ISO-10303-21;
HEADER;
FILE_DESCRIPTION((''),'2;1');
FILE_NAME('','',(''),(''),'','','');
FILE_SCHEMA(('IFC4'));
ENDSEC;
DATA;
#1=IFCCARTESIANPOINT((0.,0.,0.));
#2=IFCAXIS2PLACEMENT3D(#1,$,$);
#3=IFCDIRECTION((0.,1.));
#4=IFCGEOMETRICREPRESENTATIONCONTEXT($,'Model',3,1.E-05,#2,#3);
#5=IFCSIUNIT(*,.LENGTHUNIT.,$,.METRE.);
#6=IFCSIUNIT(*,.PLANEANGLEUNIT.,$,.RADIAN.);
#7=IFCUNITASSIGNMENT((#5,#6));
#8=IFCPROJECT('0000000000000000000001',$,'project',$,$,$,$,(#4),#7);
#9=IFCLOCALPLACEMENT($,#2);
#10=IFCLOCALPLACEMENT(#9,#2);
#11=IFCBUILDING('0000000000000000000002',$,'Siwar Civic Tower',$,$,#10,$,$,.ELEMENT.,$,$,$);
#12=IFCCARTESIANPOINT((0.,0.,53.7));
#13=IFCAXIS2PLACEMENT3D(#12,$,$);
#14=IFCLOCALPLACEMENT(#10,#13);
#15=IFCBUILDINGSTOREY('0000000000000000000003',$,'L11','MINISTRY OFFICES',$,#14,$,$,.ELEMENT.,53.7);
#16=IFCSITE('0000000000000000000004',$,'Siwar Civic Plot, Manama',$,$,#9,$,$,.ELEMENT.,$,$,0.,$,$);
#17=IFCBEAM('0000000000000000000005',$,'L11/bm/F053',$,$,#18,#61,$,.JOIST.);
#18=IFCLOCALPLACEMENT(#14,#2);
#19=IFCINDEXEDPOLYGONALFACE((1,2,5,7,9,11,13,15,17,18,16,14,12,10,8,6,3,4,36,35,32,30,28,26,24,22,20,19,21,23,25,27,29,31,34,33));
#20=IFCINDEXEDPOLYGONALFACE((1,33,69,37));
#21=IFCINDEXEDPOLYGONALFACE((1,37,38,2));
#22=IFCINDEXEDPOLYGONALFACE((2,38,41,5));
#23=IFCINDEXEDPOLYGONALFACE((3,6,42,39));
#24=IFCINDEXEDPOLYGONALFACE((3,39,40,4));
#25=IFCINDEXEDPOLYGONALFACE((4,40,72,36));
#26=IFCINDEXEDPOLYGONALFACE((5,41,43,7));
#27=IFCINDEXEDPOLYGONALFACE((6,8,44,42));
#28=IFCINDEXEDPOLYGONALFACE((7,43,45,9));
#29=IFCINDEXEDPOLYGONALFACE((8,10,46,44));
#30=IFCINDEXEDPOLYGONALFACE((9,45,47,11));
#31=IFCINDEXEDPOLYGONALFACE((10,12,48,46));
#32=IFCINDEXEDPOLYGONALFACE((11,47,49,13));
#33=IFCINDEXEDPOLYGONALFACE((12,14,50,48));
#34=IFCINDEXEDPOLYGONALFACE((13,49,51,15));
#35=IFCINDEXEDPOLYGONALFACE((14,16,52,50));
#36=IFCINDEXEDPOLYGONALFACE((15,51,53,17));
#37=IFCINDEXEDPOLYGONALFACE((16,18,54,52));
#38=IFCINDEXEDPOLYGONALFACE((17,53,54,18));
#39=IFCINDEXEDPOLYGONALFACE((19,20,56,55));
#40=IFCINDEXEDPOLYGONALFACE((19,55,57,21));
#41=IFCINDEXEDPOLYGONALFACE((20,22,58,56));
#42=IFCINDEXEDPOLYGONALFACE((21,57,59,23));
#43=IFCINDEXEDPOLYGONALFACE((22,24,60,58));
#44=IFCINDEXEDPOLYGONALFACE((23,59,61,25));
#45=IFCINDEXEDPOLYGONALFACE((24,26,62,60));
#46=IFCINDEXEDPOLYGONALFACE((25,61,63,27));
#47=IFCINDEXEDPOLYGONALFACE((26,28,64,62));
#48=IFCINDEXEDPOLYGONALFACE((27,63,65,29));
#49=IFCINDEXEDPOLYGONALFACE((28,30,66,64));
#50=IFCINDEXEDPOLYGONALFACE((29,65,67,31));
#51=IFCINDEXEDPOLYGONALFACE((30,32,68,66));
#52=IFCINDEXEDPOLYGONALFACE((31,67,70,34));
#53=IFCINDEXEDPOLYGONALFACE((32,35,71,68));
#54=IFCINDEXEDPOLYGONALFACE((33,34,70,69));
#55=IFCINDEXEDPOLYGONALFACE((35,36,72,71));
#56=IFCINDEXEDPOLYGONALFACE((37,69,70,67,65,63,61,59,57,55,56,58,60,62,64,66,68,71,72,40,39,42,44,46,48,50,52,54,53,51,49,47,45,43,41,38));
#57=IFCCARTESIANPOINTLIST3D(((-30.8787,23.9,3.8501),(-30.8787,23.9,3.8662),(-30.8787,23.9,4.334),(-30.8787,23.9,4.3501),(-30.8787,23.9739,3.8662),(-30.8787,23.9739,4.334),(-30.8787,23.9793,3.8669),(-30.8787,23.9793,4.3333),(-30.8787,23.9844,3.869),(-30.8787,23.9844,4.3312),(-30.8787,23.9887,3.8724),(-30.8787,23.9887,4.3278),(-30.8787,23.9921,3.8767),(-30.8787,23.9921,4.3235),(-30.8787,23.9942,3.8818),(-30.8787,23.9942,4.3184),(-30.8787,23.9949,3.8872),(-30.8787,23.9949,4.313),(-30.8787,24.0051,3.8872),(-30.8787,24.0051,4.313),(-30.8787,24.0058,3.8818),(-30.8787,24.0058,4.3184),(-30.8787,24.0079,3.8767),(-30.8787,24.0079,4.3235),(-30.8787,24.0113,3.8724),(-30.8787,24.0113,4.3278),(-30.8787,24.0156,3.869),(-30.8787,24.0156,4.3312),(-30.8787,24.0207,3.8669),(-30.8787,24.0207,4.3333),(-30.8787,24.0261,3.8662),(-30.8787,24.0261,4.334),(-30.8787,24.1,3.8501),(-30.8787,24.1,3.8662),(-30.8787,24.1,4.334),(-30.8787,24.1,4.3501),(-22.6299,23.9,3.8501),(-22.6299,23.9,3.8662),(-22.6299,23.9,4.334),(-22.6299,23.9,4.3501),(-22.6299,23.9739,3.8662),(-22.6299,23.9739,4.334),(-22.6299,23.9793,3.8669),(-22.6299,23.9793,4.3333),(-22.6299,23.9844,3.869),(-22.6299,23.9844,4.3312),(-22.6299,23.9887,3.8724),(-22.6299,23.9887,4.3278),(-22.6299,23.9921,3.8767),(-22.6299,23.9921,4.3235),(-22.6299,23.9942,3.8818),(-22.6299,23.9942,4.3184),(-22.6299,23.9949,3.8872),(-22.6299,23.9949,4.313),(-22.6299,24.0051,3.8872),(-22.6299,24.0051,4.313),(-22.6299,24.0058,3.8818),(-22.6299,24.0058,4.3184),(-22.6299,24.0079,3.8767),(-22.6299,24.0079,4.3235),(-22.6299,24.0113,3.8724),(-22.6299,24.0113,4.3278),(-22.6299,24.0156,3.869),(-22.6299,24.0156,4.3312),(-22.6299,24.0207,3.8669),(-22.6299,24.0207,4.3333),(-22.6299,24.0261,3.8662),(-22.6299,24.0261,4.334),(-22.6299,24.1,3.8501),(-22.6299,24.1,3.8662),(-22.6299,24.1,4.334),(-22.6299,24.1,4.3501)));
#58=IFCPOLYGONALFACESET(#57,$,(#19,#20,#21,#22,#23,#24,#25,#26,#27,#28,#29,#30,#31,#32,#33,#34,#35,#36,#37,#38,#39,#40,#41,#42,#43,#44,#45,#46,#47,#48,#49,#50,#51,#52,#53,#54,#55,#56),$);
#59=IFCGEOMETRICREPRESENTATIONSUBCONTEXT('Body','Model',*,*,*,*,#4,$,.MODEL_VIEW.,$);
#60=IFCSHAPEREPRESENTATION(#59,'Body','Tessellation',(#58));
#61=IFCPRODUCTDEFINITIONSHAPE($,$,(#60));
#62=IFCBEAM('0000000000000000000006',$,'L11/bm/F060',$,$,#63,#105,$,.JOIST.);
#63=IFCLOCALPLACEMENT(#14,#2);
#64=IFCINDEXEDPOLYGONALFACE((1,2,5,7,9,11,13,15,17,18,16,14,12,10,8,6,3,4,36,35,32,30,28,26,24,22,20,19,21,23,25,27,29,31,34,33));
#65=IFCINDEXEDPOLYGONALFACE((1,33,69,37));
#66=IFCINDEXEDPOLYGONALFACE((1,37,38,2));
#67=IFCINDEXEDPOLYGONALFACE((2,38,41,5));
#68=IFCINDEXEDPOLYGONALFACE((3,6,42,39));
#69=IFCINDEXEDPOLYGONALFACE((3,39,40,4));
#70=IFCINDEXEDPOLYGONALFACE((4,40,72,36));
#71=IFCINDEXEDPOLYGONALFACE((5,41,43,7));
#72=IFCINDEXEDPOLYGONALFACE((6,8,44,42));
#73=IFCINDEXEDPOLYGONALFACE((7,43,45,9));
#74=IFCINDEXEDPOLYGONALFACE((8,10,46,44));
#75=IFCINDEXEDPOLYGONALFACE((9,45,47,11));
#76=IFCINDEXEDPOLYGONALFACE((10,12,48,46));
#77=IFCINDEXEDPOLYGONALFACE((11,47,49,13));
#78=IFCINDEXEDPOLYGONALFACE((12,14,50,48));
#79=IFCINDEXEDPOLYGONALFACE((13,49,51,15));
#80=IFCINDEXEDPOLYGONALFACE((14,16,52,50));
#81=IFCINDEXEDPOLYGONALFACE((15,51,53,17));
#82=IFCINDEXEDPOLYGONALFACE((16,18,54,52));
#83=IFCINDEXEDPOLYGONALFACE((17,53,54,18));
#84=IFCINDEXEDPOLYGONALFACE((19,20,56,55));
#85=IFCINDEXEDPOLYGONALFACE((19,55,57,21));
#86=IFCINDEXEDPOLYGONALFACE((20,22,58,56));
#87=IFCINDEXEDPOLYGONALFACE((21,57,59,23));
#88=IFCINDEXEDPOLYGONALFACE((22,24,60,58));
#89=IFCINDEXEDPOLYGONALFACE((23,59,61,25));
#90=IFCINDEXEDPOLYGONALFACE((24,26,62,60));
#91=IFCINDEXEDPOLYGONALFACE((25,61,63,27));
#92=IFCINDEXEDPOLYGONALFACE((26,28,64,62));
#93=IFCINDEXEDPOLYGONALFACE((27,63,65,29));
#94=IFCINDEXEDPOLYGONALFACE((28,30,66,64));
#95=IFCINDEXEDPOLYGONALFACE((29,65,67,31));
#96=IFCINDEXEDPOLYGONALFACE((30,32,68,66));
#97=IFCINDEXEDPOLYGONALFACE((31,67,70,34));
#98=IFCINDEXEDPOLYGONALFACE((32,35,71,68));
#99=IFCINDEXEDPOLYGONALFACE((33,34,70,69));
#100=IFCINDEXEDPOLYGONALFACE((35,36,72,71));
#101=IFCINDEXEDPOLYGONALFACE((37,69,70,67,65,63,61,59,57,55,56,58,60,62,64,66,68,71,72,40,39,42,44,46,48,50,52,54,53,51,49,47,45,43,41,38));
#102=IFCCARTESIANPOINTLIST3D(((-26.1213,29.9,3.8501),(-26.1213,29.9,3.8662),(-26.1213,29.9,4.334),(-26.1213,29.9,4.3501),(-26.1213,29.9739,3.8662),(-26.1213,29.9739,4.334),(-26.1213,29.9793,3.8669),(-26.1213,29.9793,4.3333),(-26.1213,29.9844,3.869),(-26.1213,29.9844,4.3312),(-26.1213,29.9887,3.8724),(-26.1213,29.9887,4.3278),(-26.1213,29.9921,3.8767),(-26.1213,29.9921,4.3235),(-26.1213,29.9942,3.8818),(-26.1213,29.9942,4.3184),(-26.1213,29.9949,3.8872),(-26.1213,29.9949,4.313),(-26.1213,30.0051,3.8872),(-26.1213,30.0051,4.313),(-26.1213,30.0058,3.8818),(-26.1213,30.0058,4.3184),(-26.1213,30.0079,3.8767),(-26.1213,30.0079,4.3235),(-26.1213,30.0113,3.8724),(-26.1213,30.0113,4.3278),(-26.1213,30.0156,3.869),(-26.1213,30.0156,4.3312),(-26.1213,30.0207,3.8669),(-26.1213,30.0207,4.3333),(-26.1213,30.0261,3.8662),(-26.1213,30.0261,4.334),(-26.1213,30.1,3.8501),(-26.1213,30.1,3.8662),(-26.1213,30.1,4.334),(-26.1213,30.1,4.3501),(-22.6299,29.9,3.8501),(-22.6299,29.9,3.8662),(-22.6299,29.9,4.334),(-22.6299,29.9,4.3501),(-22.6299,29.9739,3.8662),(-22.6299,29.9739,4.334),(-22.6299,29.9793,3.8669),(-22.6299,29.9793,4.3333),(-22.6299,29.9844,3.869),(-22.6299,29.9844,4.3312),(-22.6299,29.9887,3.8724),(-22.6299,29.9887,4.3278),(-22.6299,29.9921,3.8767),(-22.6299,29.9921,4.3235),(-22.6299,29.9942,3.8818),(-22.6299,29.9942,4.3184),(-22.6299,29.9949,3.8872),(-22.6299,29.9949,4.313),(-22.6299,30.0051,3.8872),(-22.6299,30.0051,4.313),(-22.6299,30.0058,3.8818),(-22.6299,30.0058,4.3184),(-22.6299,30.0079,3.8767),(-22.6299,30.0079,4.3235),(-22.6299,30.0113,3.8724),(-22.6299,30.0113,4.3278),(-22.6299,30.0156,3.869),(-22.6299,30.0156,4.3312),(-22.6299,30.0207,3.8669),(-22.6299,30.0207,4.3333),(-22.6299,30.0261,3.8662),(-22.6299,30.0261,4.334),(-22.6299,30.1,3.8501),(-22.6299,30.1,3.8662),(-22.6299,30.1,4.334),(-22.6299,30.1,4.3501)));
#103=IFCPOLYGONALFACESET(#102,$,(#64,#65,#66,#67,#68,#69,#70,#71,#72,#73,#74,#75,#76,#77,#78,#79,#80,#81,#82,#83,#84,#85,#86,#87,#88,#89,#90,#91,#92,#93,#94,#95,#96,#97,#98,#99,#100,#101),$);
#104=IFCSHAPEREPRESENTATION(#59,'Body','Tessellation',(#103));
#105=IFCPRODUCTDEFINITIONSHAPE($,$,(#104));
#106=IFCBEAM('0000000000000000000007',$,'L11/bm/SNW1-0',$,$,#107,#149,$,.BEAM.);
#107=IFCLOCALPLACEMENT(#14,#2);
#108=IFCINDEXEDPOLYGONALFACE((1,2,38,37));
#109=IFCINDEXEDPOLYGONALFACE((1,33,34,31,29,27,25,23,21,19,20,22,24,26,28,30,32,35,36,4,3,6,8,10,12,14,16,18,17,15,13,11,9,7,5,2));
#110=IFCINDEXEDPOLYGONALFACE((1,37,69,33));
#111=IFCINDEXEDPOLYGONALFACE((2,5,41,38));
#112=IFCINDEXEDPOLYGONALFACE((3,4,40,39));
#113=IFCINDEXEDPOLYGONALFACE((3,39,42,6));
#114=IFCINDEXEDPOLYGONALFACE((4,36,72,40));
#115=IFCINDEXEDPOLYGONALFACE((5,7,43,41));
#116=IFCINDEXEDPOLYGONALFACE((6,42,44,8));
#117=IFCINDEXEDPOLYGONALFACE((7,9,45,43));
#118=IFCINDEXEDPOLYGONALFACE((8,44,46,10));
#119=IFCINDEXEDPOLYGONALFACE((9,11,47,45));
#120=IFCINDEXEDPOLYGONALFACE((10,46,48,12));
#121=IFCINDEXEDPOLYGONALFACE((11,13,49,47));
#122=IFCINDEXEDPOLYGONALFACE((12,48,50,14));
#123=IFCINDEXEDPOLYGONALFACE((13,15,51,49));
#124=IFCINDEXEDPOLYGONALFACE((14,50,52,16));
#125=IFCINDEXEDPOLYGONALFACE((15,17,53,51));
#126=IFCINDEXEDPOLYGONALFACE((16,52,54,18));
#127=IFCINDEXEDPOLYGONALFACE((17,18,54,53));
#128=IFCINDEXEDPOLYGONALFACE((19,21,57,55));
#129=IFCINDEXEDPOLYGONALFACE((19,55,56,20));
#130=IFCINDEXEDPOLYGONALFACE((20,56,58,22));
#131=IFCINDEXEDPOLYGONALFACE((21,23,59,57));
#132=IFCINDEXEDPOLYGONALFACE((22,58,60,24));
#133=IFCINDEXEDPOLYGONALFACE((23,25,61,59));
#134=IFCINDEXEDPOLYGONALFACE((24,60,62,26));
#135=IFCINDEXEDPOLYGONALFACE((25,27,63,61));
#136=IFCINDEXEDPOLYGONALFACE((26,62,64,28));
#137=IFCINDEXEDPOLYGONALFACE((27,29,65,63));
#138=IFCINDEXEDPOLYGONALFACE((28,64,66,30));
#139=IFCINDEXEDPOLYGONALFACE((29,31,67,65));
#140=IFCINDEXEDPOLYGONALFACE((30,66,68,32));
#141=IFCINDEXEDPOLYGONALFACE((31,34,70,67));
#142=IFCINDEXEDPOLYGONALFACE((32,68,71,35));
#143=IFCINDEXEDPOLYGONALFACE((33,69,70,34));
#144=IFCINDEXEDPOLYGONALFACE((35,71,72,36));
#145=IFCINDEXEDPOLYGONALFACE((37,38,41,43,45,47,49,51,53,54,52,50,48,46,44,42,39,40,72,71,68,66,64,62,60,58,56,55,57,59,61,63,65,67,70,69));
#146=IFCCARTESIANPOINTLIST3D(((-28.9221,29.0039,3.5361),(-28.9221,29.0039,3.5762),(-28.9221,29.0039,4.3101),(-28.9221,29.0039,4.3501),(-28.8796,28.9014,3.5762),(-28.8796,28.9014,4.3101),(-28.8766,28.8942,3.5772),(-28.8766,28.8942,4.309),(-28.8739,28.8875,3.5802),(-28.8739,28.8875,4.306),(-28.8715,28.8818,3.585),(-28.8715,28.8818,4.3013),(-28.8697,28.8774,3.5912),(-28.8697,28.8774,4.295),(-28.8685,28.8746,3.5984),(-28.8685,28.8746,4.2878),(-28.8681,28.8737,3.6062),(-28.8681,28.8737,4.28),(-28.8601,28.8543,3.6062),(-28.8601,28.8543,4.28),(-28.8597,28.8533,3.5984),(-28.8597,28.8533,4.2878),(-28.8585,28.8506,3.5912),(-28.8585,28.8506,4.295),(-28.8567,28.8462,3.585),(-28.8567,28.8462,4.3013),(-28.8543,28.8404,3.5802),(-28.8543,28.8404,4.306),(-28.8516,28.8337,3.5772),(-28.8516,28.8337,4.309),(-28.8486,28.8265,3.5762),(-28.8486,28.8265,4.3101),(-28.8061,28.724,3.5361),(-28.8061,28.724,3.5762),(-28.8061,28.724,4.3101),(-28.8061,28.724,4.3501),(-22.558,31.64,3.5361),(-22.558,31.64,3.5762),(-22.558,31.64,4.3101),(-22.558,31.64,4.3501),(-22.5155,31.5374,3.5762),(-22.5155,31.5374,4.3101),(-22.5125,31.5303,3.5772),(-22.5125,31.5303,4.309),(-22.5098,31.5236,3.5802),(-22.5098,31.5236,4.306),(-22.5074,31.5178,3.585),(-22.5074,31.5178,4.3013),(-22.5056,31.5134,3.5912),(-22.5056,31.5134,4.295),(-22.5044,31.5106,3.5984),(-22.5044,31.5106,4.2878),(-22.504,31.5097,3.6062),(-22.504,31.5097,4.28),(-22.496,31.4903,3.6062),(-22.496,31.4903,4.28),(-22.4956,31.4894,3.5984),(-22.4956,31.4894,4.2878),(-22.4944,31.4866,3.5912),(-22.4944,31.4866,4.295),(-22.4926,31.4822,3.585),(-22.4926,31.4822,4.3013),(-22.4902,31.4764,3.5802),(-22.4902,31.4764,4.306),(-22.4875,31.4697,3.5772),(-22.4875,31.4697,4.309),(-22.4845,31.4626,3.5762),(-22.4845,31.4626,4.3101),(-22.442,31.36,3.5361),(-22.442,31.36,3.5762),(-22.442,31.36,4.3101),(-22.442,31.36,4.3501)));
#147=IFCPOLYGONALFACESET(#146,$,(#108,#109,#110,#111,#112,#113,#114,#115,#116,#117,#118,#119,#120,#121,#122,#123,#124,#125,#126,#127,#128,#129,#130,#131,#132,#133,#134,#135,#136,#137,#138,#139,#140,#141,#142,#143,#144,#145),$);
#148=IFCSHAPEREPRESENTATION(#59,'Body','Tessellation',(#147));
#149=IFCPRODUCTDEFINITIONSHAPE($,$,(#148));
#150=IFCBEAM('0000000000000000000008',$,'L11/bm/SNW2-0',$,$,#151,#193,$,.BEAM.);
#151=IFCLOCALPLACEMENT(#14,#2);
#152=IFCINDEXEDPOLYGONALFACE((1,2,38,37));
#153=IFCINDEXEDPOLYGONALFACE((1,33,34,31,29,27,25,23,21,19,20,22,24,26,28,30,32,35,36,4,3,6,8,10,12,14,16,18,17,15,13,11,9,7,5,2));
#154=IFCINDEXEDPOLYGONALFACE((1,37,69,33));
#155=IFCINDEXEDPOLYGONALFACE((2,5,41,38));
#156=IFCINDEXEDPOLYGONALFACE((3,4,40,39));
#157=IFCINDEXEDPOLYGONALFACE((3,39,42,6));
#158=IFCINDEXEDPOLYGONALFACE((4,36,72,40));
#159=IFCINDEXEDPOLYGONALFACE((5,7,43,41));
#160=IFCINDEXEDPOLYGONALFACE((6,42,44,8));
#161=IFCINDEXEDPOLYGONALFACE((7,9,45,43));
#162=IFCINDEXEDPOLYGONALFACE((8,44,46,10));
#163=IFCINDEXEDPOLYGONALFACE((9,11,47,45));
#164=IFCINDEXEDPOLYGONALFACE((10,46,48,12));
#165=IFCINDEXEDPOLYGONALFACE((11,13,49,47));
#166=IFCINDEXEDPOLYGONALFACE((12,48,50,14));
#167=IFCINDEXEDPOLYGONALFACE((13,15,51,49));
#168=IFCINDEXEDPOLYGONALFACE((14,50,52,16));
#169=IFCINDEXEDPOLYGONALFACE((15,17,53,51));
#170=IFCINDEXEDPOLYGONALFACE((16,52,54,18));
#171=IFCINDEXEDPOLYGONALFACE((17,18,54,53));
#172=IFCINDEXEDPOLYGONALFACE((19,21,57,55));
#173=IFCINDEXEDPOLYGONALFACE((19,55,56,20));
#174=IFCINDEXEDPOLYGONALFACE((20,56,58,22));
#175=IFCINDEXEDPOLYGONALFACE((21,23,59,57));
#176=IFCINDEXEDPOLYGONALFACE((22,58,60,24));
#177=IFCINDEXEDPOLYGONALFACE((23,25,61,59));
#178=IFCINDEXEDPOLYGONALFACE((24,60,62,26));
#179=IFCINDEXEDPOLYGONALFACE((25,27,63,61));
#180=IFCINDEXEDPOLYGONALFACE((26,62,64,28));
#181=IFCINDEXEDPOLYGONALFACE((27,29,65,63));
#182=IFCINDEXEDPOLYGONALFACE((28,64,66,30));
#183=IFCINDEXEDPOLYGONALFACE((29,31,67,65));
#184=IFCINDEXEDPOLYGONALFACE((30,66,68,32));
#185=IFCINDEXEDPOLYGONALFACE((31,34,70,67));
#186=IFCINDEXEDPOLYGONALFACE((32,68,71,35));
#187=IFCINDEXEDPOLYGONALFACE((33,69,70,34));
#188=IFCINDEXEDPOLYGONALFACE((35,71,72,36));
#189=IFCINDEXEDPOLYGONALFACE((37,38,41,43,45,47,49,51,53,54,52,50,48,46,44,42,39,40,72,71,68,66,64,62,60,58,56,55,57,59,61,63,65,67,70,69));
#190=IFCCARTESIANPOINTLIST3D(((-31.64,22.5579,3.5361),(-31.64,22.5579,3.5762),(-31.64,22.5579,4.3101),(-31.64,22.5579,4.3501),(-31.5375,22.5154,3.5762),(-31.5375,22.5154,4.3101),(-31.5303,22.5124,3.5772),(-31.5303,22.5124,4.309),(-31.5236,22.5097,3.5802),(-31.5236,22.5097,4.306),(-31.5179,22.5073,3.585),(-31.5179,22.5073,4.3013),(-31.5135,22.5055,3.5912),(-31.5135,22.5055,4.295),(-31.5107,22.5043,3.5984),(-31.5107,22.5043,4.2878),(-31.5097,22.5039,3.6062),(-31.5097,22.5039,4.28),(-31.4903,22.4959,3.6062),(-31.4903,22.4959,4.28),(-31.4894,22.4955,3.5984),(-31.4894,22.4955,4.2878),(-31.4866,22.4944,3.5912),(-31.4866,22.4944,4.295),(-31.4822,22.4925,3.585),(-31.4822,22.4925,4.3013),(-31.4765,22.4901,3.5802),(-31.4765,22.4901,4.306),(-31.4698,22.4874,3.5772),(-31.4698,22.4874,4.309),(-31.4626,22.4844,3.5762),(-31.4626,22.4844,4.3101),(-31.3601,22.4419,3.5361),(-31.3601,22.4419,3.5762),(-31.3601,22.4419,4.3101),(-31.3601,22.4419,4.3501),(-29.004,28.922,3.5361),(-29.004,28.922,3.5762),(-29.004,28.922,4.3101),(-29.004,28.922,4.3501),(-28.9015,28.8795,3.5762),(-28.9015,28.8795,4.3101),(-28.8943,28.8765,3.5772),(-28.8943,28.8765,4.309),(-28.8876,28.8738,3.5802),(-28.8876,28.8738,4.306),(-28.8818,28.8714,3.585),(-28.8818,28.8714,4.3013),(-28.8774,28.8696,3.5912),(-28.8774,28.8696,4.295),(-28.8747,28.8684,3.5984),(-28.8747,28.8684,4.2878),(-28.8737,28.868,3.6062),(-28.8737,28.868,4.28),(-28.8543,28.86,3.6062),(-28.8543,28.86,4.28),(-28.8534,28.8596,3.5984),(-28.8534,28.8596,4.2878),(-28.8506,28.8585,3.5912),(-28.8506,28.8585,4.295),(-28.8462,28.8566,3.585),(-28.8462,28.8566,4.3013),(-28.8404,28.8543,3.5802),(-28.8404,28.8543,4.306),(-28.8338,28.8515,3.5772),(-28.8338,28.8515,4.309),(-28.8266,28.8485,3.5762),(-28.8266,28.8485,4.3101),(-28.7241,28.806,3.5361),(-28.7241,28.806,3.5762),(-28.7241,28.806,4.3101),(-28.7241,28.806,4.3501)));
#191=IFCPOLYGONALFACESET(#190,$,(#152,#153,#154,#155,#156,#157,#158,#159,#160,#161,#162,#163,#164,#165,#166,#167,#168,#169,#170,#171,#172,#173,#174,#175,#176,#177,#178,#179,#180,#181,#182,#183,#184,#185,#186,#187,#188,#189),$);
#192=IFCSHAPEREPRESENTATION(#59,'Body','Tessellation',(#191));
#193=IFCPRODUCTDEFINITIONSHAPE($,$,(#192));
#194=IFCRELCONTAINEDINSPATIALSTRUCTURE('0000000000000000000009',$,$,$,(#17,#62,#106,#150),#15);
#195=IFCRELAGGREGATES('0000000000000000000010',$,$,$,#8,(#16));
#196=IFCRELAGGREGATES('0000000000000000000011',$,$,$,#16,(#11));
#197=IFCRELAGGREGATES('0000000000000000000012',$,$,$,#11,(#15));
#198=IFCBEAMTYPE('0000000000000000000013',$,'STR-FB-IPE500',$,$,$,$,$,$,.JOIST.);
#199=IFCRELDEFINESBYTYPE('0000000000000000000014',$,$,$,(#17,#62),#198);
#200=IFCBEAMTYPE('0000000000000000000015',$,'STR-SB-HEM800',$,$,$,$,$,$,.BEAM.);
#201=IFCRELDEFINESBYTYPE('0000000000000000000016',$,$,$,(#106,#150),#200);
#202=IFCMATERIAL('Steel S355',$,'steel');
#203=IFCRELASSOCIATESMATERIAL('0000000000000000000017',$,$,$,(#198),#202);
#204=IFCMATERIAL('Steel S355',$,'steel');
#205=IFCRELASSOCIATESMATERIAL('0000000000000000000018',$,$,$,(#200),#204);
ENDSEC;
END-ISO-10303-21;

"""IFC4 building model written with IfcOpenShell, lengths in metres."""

from ifc_helpers import new_model, si_unit, direction, frame, origin, origin_2d, place, context, subcontext, project, spatial, i_section, extrude, material, material_profile, profile_set, type_object, element, save


model = new_model("IFC4")

# Units and contexts
model_context = context("Model", 3, precision=1e-05, world=origin(), true_north=direction((0.0, 1.0)))
body_context = subcontext(model_context, "Body", "Model", "MODEL_VIEW")
ifc_project = project(units=[si_unit("LENGTHUNIT", "METRE"), si_unit("PLANEANGLEUNIT", "RADIAN")], contexts=[model_context])

# Site, building, storey
site_placement = place(None, origin())
site = spatial("IfcSite", under=ifc_project, at=site_placement, Name="Siwar Civic Plot, Manama", CompositionType="ELEMENT", RefElevation=0.0)
building_placement = place(site_placement, origin())
building = spatial("IfcBuilding", under=site, at=building_placement, Name="Siwar Civic Tower", CompositionType="ELEMENT")
storey_placement = place(building_placement, frame((0.0, 0.0, 53.7)))
storey = spatial("IfcBuildingStorey", under=building, at=storey_placement, Name="L11", Description="MINISTRY OFFICES", CompositionType="ELEMENT", Elevation=53.7)

# Beams
ifc_material_1 = material(Name="Steel S355", Category="steel")
ifc_material_profile_1 = material_profile(ifc_material_1, i_section(OverallWidth=0.2, OverallDepth=0.5, WebThickness=0.0103, FlangeThickness=0.0161, FilletRadius=0.021, at=origin_2d()), Name="IPE500")
ifc_profile_set_1 = profile_set([ifc_material_profile_1], Name="Steel S355")
beam_type_1 = type_object("IfcBeamType", Name="STR-FB-IPE500", PredefinedType="JOIST", material=ifc_profile_set_1)
beam_1_placement = place(storey_placement, frame((-30.8787, 24.0, 4.1001), z_axis=(1.0, 0.0, 0.0), x_axis=(0.0, 1.0, 0.0)))
element("IfcBeam", 1, at=beam_1_placement, inside=storey, type_object=beam_type_1, Name="L11/bm/F053", PredefinedType="JOIST", context=body_context, shape_type="SweptSolid", body=[
    extrude(i_section(OverallWidth=0.2, OverallDepth=0.5, WebThickness=0.0103, FlangeThickness=0.0161, FilletRadius=0.021, at=origin_2d()), origin(), (0.0, 0.0, 1.0), 8.2488),
])
beam_2_placement = place(storey_placement, frame((-26.1213, 30.0, 4.1001), z_axis=(1.0, 0.0, 0.0), x_axis=(0.0, 1.0, 0.0)))
element("IfcBeam", 2, at=beam_2_placement, inside=storey, type_object=beam_type_1, Name="L11/bm/F060", PredefinedType="JOIST", context=body_context, shape_type="SweptSolid", body=[
    extrude(i_section(OverallWidth=0.2, OverallDepth=0.5, WebThickness=0.0103, FlangeThickness=0.0161, FilletRadius=0.021, at=origin_2d()), origin(), (0.0, 0.0, 1.0), 3.4915),
])
ifc_material_2 = material(Name="Steel S355", Category="steel")
ifc_material_profile_2 = material_profile(ifc_material_2, i_section(OverallWidth=0.303, OverallDepth=0.814, WebThickness=0.021, FlangeThickness=0.04, FilletRadius=0.03, at=origin_2d()), Name="HEM800")
ifc_profile_set_2 = profile_set([ifc_material_profile_2], Name="Steel S355")
beam_type_2 = type_object("IfcBeamType", Name="STR-SB-HEM800", PredefinedType="BEAM", material=ifc_profile_set_2)
for number, where, z_axis, x_axis, name in (
    (3, (-22.5, 31.5, 3.9431), (-0.923883, -0.382674, 0.0), (0.382674, -0.923883, 0.0), "L11/bm/SNW1-0"),
    (4, (-28.864, 28.864, 3.9431), (-0.382674, -0.923883, 0.0), (0.923883, -0.382674, 0.0), "L11/bm/SNW2-0"),
):
    element("IfcBeam", number, at=place(storey_placement, frame(where, z_axis=z_axis, x_axis=x_axis)), inside=storey, type_object=beam_type_2, Name=name, PredefinedType="BEAM", context=body_context, shape_type="SweptSolid", body=[
        extrude(i_section(OverallWidth=0.303, OverallDepth=0.814, WebThickness=0.021, FlangeThickness=0.04, FilletRadius=0.03, at=origin_2d()), origin(), (0.0, 0.0, 1.0), 6.8884),
    ])

save(model, "model.ifc")
